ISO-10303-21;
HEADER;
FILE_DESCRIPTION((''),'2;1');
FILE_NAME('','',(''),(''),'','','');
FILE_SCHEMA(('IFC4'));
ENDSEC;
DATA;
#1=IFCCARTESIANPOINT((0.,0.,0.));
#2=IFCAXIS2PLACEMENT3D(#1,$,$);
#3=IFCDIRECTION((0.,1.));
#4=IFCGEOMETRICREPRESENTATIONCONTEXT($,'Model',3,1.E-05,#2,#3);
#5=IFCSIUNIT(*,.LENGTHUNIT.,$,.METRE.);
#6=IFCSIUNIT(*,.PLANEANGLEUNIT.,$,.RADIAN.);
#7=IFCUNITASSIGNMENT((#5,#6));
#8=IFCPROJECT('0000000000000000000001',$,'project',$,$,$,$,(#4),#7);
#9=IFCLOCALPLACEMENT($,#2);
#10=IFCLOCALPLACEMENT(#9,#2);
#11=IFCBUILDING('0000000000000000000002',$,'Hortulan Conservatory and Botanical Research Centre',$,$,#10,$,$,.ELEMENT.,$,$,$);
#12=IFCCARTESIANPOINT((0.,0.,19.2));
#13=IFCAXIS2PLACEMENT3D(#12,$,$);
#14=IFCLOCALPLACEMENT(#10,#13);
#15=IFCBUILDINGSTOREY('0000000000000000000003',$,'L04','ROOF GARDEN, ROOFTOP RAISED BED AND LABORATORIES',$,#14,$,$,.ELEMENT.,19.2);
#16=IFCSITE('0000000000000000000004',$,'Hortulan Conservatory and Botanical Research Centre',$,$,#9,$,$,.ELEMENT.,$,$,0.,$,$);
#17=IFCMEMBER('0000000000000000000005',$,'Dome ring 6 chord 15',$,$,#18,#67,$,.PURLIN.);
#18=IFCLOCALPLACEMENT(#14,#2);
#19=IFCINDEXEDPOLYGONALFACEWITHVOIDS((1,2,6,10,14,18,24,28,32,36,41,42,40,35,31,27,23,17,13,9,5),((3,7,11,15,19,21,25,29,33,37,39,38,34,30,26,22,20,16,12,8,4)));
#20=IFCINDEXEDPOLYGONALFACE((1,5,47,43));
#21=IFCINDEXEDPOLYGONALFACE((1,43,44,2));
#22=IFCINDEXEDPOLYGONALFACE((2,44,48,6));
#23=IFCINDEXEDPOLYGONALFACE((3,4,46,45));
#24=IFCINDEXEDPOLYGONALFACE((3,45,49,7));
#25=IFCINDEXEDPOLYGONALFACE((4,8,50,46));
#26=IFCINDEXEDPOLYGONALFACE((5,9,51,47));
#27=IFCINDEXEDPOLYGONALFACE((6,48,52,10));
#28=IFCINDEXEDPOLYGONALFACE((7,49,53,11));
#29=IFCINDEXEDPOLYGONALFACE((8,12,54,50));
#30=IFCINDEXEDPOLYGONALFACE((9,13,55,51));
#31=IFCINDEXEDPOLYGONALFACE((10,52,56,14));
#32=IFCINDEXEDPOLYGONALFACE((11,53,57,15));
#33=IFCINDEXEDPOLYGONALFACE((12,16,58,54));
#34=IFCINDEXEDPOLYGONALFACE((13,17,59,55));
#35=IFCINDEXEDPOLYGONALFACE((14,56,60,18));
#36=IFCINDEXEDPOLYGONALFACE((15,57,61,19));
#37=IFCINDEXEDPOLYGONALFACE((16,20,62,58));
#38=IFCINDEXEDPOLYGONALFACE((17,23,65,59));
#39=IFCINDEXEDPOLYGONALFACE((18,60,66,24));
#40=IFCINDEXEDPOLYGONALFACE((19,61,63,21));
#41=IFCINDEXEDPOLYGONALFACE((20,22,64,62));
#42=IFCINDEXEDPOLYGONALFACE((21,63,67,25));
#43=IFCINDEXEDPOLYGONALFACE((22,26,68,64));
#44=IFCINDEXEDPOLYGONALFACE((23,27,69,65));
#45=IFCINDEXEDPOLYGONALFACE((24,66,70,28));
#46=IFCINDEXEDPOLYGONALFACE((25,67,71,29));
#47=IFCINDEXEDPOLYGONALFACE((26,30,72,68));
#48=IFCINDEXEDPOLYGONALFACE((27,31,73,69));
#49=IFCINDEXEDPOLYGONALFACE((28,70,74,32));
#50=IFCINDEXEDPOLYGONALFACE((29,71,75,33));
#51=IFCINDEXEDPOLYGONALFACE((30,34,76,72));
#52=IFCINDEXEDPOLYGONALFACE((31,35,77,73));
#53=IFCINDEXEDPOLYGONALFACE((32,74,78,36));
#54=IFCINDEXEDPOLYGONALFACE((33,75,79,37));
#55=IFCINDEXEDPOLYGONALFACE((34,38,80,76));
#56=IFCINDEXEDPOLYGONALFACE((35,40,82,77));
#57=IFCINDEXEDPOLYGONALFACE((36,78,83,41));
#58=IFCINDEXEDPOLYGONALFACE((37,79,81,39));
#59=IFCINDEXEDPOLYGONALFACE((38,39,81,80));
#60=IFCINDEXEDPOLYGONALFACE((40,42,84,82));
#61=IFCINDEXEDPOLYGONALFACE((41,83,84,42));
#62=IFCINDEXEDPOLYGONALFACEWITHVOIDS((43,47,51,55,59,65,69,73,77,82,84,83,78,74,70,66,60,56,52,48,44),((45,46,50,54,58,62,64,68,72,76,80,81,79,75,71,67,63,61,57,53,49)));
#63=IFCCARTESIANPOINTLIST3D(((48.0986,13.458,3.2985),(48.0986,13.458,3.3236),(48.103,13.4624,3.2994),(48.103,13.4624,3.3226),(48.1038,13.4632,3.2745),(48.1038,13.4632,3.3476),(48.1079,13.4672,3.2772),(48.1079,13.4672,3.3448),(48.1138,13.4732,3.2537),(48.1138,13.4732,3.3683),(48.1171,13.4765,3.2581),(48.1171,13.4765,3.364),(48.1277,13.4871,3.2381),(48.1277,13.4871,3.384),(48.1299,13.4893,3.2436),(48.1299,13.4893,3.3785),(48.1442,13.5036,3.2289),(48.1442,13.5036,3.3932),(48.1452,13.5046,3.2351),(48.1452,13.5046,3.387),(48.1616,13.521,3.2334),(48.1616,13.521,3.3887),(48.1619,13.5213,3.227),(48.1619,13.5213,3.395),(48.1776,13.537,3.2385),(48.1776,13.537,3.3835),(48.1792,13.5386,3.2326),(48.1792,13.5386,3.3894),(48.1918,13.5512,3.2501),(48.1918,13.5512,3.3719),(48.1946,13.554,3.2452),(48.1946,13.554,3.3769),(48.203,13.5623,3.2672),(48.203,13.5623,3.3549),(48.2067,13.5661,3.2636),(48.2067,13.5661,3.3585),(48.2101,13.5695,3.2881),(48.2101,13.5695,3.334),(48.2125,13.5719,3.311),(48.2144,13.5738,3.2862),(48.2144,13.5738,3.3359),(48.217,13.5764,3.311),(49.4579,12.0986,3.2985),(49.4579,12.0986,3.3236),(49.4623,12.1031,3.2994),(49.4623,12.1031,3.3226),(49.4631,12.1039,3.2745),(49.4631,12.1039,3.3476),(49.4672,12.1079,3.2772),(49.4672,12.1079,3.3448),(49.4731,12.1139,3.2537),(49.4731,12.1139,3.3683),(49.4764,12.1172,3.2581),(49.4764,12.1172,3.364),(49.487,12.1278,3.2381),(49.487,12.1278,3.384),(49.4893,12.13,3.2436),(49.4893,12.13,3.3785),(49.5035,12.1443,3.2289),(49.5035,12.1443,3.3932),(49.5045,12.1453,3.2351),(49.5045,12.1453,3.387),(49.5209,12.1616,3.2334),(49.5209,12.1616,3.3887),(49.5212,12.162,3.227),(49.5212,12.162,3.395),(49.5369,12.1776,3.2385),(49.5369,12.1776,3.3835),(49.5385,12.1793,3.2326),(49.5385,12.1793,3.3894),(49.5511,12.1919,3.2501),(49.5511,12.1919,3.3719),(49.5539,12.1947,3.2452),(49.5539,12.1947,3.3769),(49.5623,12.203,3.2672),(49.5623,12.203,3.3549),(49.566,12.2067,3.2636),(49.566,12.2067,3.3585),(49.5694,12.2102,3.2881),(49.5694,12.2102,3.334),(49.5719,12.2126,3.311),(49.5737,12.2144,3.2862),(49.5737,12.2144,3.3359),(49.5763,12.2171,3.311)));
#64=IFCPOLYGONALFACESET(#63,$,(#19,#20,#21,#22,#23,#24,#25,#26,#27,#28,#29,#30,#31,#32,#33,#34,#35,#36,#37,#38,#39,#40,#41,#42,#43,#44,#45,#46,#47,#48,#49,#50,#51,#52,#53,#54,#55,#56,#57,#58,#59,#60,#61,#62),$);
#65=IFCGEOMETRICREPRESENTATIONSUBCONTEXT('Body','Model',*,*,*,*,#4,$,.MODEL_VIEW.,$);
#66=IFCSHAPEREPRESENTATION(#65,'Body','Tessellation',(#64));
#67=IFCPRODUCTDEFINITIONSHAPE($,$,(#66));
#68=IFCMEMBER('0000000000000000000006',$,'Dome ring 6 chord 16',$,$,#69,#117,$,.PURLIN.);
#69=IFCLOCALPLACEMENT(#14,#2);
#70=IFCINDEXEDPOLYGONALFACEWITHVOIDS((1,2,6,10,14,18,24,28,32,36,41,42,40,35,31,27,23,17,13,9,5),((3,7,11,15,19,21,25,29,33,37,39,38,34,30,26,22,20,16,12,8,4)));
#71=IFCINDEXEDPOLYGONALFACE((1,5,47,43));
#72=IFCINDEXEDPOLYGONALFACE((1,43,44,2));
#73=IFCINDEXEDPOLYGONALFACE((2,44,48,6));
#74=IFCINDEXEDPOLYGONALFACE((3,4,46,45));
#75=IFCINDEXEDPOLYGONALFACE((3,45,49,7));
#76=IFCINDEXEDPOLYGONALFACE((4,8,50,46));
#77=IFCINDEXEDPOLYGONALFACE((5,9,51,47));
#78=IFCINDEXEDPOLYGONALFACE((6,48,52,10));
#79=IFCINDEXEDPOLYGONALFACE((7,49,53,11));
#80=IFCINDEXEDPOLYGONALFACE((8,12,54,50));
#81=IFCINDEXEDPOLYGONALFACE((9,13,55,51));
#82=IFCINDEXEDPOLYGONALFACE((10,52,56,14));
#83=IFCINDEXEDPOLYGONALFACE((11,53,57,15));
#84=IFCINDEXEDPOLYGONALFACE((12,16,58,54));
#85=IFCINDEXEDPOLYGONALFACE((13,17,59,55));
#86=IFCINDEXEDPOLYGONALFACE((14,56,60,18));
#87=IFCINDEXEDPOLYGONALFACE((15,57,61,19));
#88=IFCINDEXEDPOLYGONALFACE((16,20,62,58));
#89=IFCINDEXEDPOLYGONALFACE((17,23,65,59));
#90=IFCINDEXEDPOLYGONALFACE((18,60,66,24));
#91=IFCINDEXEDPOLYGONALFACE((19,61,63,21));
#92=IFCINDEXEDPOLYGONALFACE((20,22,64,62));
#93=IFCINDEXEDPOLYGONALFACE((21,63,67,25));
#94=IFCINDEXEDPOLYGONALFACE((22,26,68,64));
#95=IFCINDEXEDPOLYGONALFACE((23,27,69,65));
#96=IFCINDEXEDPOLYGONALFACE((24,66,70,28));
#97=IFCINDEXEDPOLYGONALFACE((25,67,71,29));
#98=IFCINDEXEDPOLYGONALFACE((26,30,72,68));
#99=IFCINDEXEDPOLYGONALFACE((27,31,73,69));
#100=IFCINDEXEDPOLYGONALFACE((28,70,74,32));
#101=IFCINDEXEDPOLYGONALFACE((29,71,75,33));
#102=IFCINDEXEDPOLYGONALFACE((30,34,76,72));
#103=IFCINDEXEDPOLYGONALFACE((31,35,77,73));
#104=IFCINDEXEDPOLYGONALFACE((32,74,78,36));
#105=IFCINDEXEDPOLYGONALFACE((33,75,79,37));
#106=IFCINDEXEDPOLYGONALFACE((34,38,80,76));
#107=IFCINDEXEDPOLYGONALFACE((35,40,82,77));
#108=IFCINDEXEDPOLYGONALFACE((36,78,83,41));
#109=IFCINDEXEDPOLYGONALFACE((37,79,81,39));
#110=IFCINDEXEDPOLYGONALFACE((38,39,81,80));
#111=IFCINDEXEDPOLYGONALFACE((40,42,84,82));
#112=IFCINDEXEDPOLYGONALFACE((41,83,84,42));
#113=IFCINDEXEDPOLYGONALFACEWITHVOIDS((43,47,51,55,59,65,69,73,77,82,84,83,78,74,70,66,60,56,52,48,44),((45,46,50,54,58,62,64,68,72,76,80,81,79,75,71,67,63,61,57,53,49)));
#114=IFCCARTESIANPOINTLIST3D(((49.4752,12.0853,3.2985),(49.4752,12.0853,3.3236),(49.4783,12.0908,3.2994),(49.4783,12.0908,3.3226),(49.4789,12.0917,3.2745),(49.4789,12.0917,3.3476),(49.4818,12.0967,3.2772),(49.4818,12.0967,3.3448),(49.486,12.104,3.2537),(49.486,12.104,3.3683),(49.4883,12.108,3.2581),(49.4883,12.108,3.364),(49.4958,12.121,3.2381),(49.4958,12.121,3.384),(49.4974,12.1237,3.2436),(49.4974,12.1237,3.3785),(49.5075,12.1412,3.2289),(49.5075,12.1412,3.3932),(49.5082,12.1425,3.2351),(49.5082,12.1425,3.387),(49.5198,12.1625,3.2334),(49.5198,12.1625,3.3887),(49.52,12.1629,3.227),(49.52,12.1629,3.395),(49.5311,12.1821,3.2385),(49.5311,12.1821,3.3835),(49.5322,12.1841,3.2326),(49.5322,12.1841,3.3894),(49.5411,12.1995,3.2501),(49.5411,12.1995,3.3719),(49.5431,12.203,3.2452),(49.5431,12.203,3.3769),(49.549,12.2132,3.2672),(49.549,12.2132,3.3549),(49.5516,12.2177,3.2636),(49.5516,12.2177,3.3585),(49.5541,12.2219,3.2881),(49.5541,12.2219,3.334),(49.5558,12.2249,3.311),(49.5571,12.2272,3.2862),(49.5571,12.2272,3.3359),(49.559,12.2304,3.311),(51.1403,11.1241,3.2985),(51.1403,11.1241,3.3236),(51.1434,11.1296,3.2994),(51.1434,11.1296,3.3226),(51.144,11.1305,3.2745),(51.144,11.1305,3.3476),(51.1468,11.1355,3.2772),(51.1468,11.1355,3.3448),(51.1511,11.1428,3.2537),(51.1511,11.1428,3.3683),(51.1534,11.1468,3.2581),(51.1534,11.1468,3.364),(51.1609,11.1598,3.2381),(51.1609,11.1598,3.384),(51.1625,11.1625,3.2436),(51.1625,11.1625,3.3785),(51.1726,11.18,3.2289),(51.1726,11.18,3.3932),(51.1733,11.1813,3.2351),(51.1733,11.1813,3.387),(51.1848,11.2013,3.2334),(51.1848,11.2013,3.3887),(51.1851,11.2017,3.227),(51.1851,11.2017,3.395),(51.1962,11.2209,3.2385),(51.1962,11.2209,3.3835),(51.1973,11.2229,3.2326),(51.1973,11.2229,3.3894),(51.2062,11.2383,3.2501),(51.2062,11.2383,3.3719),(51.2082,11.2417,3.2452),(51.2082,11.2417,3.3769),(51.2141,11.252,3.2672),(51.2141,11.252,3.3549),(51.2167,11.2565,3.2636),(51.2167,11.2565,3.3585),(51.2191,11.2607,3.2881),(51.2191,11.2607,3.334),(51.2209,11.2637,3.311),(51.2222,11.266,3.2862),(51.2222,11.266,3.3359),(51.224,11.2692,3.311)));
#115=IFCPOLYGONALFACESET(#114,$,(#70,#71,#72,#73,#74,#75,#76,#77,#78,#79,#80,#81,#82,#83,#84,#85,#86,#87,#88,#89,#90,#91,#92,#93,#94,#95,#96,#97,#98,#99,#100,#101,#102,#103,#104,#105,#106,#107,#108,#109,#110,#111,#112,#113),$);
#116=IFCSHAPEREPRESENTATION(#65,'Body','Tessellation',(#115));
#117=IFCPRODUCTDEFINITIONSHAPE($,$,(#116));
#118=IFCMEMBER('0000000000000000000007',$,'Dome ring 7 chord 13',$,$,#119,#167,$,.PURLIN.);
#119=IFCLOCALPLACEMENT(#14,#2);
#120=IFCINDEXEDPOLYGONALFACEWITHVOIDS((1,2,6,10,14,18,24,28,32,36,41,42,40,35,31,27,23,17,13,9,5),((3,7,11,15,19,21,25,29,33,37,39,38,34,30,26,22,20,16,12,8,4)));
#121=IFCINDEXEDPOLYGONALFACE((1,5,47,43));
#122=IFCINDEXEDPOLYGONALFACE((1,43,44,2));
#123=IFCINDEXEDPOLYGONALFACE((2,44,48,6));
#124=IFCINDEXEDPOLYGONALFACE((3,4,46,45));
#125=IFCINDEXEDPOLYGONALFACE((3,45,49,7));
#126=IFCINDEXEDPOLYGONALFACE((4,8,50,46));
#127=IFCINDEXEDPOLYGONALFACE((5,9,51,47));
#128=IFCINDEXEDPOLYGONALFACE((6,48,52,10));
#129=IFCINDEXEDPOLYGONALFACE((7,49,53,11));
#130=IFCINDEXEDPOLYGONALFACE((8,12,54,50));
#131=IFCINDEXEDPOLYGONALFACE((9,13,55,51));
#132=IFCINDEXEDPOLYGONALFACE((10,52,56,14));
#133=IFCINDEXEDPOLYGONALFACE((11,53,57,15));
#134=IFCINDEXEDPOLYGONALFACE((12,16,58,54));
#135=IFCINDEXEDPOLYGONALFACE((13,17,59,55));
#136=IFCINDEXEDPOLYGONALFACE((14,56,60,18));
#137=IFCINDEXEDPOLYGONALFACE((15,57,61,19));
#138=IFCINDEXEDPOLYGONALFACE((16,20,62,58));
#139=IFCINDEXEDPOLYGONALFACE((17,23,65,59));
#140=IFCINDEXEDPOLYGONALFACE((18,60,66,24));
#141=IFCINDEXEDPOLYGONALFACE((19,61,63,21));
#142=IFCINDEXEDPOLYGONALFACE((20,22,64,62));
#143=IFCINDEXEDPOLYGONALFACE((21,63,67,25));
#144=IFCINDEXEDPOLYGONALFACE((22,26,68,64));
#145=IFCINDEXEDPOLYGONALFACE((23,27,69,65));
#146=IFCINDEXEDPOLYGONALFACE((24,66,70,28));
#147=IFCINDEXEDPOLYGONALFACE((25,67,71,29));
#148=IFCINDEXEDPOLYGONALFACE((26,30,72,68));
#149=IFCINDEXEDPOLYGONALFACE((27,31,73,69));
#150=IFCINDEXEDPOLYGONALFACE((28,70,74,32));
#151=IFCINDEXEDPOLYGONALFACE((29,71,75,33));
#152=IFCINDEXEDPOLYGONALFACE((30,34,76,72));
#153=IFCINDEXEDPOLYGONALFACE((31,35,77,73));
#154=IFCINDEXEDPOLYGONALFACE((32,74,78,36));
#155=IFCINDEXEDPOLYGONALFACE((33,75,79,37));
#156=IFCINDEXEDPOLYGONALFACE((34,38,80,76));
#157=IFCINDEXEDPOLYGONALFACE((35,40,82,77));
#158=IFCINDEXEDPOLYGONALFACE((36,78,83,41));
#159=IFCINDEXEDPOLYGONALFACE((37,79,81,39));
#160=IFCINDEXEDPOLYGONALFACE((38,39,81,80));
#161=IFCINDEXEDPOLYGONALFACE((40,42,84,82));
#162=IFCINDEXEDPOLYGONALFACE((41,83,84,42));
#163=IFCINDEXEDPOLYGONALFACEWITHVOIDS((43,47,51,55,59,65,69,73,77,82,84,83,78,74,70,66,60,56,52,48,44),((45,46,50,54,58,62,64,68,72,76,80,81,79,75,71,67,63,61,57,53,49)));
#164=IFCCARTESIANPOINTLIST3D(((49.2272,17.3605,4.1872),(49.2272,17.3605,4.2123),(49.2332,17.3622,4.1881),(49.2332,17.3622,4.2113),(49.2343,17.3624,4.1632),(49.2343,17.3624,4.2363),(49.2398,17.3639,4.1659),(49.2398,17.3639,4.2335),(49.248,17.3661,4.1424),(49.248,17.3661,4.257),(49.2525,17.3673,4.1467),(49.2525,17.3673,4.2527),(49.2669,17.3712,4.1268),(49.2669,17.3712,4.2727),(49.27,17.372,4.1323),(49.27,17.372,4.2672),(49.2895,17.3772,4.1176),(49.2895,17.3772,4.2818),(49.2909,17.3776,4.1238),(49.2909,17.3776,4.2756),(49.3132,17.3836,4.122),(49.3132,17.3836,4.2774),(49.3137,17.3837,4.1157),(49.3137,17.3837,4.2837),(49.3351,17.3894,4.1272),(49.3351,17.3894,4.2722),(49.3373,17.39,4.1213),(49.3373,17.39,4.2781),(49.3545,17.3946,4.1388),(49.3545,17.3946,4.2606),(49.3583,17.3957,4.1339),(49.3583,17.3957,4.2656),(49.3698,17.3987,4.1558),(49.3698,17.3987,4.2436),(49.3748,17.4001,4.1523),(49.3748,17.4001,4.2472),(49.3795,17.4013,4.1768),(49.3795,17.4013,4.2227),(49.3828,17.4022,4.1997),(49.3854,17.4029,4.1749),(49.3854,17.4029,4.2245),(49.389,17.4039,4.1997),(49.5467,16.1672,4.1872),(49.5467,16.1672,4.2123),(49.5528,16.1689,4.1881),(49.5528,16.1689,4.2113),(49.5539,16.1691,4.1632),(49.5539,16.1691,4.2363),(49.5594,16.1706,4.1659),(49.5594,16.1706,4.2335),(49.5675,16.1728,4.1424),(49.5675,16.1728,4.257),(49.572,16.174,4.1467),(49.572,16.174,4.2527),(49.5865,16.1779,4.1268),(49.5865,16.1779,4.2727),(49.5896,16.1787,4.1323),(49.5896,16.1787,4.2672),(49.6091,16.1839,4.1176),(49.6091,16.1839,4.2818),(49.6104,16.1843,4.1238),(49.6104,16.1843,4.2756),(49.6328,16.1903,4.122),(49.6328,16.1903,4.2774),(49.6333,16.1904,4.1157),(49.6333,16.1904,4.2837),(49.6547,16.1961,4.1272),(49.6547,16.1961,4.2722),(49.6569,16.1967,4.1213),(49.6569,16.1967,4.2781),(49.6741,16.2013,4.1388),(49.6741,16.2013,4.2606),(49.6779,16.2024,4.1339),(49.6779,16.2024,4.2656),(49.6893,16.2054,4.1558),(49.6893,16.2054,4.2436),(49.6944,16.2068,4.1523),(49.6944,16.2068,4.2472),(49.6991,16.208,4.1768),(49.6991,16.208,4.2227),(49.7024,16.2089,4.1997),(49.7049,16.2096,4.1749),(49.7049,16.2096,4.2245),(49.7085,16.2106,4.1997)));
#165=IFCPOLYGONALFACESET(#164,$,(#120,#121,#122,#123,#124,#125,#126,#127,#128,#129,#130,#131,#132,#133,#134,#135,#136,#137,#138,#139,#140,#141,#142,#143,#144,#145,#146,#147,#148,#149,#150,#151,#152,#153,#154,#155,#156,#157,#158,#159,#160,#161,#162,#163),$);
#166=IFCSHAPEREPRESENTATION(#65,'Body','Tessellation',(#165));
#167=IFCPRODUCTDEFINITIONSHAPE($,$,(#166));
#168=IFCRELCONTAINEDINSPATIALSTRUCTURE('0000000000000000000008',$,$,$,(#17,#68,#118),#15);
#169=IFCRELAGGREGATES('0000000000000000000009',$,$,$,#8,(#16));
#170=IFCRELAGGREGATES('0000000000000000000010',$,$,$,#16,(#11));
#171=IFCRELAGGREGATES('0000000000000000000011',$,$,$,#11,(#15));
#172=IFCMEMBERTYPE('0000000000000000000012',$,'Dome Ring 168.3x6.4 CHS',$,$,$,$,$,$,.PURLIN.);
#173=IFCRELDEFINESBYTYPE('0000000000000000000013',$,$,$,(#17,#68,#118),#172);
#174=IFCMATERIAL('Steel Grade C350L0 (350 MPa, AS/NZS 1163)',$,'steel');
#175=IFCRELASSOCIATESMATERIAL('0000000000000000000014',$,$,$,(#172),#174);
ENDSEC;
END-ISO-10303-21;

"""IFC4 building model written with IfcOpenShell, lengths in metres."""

from ifc_helpers import new_model, si_unit, direction, frame, origin, origin_2d, place, context, subcontext, project, spatial, hollow_circle, extrude, material, material_profile, profile_set, type_object, element, save


model = new_model("IFC4")

# Units and contexts
model_context = context("Model", 3, precision=1e-05, world=origin(), true_north=direction((0.0, 1.0)))
body_context = subcontext(model_context, "Body", "Model", "MODEL_VIEW")
ifc_project = project(units=[si_unit("LENGTHUNIT", "METRE"), si_unit("PLANEANGLEUNIT", "RADIAN")], contexts=[model_context])

# Site, building, storey
site_placement = place(None, origin())
site = spatial("IfcSite", under=ifc_project, at=site_placement, Name="Hortulan Conservatory and Botanical Research Centre", CompositionType="ELEMENT", RefElevation=0.0)
building_placement = place(site_placement, origin())
building = spatial("IfcBuilding", under=site, at=building_placement, Name="Hortulan Conservatory and Botanical Research Centre", CompositionType="ELEMENT")
storey_placement = place(building_placement, frame((0.0, 0.0, 19.2)))
storey = spatial("IfcBuildingStorey", under=building, at=storey_placement, Name="L04", Description="ROOF GARDEN, ROOFTOP RAISED BED AND LABORATORIES", CompositionType="ELEMENT", Elevation=19.2)

# Shared definitions
ifc_material_1 = material(Name="Steel Grade C350L0 (350 MPa, AS/NZS 1163)", Category="steel")

# Members
ifc_material_profile_1 = material_profile(ifc_material_1, hollow_circle(Radius=0.0842, WallThickness=0.0063, at=origin_2d()), Name="168.3x6.4CHS")
ifc_profile_set_1 = profile_set([ifc_material_profile_1], Name="Steel Grade C350L0 (350 MPa, AS/NZS 1163)")
member_type_1 = type_object("IfcMemberType", Name="Dome Ring 168.3x6.4 CHS", PredefinedType="PURLIN", material=ifc_profile_set_1)
member_1_placement = place(storey_placement, frame((48.1575, 13.5168, 3.311), z_axis=(0.707107, -0.707107, 0.0), x_axis=(0.707107, 0.707107, 0.0)))
element("IfcMember", 1, at=member_1_placement, inside=storey, type_object=member_type_1, Name="Dome ring 6 chord 15", PredefinedType="PURLIN", context=body_context, shape_type="SweptSolid", body=[
    extrude(hollow_circle(Radius=0.0842, WallThickness=0.0063, at=origin_2d()), origin(), (0.0, 0.0, 1.0), 1.9224),
])
member_2_placement = place(storey_placement, frame((49.5168, 12.1575, 3.311), z_axis=(0.866054, -0.49995, 0.0), x_axis=(0.49995, 0.866054, 0.0)))
element("IfcMember", 2, at=member_2_placement, inside=storey, type_object=member_type_1, Name="Dome ring 6 chord 16", PredefinedType="PURLIN", context=body_context, shape_type="SweptSolid", body=[
    extrude(hollow_circle(Radius=0.0842, WallThickness=0.0063, at=origin_2d()), origin(), (0.0, 0.0, 1.0), 1.9226),
])
member_3_placement = place(storey_placement, frame((49.3076, 17.3821, 4.1997), z_axis=(0.258683, -0.965962, 0.0), x_axis=(0.965962, 0.258683, 0.0)))
element("IfcMember", 3, at=member_3_placement, inside=storey, type_object=member_type_1, Name="Dome ring 7 chord 13", PredefinedType="PURLIN", context=body_context, shape_type="SweptSolid", body=[
    extrude(hollow_circle(Radius=0.0842, WallThickness=0.0063, at=origin_2d()), origin(), (0.0, 0.0, 1.0), 1.2354),
])

save(model, "model.ifc")
